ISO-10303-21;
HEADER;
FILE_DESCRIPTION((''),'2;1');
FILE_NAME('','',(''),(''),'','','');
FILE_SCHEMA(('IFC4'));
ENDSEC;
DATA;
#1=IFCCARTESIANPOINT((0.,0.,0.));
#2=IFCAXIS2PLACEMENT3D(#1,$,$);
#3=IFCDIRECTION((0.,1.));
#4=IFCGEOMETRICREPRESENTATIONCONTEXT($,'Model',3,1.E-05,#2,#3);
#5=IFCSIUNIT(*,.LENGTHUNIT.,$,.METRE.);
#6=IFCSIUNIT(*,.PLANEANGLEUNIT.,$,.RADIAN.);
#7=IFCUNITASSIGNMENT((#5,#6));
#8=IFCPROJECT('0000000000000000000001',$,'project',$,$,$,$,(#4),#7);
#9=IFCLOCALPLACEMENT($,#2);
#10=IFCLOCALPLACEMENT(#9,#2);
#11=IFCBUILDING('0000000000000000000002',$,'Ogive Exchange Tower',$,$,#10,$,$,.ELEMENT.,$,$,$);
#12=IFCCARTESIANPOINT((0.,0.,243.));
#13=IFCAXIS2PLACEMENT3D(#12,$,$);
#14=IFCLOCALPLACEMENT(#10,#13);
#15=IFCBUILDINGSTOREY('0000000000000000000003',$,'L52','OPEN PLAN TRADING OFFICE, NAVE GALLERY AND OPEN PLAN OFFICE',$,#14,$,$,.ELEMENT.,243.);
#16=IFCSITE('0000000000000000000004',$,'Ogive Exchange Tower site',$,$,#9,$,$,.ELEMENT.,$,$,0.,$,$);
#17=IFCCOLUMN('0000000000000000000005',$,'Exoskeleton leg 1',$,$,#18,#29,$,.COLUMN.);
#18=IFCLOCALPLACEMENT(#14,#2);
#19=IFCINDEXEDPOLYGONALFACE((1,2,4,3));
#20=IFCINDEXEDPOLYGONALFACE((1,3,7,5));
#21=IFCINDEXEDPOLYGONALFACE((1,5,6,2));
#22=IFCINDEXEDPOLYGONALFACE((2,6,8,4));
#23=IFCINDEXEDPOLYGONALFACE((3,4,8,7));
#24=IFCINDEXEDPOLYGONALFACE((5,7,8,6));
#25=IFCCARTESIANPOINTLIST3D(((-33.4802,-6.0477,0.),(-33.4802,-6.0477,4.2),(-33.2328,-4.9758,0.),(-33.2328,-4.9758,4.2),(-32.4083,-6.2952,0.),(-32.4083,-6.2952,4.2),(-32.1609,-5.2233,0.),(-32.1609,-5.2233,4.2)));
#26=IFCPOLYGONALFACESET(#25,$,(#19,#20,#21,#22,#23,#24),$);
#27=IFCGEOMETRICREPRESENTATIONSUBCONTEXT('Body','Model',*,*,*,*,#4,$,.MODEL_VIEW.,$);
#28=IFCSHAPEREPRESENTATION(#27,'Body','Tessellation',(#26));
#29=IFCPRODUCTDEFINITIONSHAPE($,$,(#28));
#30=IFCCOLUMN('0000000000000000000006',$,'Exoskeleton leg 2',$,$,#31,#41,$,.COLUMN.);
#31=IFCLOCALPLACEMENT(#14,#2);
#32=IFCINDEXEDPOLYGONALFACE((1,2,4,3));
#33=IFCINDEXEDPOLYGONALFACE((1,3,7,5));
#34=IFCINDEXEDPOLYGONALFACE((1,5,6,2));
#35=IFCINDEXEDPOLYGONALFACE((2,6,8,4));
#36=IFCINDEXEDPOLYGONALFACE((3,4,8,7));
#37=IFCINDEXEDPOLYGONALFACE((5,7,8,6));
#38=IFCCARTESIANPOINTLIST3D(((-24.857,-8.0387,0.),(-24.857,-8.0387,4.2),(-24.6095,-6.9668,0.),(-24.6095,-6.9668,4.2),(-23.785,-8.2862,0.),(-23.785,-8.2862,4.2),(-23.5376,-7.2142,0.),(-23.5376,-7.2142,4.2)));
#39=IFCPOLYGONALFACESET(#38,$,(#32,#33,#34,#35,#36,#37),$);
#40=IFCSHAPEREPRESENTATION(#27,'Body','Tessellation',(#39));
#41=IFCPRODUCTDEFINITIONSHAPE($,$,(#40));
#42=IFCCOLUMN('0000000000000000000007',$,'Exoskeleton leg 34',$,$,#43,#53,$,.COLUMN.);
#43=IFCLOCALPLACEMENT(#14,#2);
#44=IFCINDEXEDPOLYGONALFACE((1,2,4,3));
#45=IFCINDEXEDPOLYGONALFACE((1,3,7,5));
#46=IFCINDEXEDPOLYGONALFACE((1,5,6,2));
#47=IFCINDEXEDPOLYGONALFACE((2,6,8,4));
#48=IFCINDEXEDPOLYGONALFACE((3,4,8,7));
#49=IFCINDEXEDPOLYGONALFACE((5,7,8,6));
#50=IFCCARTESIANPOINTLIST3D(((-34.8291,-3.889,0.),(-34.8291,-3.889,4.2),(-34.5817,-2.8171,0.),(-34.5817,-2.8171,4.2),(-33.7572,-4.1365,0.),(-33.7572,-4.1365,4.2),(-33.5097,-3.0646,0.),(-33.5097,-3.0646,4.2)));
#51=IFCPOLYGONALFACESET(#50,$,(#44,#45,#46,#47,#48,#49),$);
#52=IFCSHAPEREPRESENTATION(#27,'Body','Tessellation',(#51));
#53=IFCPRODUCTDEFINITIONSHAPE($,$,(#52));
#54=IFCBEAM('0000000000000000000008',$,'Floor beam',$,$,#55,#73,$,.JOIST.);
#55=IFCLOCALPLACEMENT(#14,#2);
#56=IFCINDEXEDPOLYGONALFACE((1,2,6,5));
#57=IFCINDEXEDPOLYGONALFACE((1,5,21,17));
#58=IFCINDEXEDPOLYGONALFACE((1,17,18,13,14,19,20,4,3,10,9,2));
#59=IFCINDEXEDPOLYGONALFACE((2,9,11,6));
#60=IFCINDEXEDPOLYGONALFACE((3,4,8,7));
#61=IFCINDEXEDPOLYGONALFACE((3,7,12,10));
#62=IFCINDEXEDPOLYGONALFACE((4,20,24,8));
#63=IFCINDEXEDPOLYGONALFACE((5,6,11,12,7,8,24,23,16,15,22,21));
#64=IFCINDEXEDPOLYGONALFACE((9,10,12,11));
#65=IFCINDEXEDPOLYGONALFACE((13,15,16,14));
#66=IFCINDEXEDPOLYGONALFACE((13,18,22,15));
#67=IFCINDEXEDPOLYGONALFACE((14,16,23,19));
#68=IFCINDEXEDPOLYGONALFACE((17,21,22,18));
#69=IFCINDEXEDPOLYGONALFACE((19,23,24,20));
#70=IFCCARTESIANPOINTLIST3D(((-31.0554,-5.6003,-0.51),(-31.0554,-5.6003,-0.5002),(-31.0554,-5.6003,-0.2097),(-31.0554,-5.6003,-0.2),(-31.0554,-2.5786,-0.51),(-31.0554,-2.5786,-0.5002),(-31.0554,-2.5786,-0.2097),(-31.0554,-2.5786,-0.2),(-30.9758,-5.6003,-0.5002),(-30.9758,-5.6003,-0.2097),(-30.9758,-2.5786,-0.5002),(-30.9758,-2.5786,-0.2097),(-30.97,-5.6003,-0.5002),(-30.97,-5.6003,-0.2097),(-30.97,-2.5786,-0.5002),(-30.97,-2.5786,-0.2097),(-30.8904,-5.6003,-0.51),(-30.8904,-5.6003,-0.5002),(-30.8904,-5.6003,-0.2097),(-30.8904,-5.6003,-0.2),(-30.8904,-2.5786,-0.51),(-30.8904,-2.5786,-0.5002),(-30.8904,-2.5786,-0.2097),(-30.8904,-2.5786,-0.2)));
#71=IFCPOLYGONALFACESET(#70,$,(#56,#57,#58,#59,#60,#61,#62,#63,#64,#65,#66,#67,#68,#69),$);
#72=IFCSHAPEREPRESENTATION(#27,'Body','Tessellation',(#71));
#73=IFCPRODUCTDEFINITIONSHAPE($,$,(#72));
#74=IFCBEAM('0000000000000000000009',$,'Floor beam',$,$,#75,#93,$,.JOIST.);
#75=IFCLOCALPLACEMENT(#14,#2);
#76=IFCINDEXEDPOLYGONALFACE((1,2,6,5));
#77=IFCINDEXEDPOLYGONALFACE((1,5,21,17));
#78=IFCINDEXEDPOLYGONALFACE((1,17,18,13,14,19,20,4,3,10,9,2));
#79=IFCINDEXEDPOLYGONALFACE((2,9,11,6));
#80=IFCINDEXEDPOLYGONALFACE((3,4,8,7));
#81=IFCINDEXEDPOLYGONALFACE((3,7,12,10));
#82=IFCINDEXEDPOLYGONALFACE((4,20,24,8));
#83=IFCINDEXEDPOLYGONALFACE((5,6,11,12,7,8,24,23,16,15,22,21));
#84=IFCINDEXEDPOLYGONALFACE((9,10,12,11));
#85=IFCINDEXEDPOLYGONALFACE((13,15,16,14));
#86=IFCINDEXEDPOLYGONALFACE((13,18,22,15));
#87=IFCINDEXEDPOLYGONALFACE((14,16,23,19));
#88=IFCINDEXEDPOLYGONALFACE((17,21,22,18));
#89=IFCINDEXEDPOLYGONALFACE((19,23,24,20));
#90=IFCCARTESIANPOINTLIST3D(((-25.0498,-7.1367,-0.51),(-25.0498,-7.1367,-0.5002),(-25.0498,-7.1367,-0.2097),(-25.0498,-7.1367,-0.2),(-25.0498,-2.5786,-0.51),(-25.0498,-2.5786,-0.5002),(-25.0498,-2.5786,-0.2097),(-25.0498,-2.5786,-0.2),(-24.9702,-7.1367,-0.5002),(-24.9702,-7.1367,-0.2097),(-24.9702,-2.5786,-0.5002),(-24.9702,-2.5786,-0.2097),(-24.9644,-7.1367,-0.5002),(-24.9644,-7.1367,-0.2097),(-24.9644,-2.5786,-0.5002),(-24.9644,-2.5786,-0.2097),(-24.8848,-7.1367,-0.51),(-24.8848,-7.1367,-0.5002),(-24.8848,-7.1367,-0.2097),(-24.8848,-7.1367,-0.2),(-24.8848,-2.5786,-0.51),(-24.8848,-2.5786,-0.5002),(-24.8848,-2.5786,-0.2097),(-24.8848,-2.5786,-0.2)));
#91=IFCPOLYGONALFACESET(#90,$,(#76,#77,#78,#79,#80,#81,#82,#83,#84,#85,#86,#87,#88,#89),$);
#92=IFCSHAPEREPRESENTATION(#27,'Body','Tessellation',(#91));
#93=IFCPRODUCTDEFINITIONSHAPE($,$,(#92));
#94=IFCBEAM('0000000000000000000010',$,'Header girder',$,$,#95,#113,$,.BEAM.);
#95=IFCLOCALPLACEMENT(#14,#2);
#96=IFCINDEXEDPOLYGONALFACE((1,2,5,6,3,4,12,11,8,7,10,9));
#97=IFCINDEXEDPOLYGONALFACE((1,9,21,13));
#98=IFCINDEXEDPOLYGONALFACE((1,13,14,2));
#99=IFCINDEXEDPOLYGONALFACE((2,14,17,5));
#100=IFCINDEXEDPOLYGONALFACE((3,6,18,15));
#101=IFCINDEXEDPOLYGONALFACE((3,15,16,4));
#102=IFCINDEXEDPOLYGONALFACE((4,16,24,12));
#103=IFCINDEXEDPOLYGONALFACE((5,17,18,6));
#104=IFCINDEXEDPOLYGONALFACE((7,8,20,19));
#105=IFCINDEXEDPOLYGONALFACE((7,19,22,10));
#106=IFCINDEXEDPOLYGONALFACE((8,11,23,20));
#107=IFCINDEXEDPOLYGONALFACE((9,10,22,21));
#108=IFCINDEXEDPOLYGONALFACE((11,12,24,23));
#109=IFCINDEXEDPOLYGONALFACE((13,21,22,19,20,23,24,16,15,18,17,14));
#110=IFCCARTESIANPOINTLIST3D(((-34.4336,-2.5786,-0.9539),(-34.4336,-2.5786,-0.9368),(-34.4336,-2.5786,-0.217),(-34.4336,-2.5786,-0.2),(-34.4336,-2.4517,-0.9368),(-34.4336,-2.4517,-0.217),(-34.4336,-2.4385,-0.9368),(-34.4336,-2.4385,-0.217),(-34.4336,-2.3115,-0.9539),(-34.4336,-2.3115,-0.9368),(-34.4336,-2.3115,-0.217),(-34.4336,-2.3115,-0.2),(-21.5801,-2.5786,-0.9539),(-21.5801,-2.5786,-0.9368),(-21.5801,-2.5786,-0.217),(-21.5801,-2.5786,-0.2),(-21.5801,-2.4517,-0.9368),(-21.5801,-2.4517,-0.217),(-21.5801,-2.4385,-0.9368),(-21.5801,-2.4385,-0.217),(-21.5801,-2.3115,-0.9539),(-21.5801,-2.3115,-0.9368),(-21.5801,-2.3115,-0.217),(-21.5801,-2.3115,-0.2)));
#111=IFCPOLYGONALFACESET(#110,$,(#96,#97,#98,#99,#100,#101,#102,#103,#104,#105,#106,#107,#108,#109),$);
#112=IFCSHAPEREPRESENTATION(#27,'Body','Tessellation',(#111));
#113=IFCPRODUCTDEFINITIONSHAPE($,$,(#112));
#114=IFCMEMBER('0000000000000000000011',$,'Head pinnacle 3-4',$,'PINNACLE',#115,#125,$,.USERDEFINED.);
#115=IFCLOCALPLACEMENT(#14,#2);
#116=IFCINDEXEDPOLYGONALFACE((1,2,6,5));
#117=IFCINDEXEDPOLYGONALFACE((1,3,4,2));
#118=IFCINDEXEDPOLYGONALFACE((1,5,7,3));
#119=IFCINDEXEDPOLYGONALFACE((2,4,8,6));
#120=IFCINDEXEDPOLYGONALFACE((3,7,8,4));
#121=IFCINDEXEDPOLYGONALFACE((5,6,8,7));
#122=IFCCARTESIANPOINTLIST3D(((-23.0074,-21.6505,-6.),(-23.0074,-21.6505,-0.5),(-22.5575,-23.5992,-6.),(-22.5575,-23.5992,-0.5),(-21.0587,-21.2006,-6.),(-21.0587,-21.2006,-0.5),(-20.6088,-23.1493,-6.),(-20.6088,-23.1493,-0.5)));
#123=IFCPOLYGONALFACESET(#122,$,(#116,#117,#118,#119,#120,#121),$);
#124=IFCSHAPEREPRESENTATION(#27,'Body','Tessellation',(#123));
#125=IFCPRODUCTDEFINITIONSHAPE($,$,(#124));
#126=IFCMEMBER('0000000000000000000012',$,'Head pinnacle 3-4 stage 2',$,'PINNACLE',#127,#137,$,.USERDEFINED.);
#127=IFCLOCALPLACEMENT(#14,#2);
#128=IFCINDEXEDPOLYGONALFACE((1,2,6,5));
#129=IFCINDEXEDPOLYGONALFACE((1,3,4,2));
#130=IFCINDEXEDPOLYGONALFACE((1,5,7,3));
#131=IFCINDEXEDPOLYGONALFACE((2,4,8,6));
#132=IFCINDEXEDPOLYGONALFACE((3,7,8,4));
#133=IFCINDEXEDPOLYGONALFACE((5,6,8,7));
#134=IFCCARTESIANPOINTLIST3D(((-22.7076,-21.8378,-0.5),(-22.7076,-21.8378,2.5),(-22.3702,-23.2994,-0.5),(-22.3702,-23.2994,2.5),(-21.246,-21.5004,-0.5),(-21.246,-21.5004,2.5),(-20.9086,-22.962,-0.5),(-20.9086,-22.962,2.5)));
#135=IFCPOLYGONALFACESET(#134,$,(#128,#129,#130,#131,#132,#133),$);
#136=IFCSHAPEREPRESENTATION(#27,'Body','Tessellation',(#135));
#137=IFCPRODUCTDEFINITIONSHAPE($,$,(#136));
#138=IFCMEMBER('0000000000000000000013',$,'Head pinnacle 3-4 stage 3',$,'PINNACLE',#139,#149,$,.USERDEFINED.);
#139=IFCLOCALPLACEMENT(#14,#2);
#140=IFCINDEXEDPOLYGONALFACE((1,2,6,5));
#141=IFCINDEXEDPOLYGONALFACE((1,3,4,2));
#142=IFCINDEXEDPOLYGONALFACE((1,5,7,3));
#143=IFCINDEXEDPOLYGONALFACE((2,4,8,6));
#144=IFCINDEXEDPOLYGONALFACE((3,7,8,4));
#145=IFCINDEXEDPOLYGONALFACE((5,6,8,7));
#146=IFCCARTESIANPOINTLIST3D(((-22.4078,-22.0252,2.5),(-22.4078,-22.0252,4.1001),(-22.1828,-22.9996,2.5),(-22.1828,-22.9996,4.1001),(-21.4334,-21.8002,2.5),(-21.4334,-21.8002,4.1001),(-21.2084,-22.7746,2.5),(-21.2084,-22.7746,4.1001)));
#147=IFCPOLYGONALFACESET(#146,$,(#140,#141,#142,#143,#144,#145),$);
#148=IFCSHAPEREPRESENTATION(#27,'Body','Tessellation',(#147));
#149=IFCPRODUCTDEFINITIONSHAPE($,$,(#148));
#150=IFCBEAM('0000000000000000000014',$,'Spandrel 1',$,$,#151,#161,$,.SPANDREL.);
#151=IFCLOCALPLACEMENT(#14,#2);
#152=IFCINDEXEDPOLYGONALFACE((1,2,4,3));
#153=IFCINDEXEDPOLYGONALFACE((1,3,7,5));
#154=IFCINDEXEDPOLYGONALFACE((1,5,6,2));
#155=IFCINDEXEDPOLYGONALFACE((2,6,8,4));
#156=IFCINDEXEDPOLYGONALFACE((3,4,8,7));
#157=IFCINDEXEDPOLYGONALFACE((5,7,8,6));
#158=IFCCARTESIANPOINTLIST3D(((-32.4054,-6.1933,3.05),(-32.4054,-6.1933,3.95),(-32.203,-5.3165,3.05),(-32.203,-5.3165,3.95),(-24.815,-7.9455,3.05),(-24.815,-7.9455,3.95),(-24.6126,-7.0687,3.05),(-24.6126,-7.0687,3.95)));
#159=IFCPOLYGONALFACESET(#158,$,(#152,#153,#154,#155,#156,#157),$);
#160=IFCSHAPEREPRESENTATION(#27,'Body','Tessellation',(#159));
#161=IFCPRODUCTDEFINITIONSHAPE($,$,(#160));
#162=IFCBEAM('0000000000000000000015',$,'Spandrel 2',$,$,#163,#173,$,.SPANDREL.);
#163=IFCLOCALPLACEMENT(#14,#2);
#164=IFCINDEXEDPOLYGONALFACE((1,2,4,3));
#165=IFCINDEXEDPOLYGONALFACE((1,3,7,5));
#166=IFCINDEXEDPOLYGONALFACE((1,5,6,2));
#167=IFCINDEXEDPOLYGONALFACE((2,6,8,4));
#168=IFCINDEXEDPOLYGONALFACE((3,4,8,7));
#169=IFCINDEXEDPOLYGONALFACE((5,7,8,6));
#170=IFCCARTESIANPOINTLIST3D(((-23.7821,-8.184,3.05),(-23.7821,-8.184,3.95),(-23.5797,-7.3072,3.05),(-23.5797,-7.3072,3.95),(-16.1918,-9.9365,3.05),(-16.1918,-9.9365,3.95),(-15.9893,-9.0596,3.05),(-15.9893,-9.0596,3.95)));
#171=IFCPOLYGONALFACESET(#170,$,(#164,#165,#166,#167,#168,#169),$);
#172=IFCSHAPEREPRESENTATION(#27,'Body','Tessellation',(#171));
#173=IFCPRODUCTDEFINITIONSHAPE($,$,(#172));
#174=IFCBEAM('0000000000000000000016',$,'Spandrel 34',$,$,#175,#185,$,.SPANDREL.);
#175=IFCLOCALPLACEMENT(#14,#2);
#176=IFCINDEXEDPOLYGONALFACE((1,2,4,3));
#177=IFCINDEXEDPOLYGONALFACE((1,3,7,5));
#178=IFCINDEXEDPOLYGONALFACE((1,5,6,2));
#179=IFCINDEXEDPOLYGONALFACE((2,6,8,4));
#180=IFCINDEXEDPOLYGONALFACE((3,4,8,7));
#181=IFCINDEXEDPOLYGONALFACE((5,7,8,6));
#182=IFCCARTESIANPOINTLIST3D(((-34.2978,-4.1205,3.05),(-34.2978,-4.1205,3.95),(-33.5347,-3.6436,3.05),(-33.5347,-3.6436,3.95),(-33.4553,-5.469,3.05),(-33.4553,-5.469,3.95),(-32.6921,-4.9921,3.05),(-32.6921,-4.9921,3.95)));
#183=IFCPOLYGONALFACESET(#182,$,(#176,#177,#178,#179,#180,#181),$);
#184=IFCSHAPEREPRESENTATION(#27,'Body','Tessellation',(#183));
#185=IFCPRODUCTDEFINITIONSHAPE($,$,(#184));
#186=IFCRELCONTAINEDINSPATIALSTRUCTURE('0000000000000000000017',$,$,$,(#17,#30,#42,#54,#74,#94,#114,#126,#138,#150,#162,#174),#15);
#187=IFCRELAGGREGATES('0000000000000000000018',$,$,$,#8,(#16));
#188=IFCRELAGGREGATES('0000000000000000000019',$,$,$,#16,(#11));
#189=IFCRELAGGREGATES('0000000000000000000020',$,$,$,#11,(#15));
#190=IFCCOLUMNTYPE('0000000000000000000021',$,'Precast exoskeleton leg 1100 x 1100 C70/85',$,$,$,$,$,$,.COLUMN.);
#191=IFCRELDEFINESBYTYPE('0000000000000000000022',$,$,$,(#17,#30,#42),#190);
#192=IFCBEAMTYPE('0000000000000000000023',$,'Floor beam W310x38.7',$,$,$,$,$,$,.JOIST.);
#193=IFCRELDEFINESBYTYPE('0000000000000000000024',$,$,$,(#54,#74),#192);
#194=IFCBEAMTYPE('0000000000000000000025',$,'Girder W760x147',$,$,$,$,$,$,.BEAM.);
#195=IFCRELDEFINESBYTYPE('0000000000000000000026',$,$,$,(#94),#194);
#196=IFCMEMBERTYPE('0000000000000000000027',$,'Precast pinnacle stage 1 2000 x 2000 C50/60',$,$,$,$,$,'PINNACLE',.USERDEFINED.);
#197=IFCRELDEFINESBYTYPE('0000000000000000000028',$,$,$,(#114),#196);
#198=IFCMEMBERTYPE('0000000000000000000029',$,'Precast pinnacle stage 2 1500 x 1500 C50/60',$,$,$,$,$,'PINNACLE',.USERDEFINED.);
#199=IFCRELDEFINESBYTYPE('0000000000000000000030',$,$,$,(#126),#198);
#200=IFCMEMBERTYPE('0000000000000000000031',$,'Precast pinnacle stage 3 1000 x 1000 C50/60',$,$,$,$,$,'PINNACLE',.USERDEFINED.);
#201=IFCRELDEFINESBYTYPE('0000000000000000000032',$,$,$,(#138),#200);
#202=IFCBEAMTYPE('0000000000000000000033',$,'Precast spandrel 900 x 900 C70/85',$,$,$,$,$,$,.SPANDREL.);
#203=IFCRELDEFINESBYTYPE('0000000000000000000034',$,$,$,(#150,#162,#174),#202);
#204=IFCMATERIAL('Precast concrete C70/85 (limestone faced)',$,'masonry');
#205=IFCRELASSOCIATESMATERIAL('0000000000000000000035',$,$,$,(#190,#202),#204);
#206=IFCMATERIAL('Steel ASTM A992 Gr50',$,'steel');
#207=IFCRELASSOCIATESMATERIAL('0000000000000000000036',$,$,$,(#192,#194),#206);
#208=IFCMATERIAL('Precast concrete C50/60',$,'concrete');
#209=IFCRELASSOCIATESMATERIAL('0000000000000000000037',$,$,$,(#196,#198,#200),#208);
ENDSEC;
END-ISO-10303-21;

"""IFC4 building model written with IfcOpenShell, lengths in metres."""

from ifc_helpers import new_model, si_unit, direction, frame, origin, origin_2d, place, context, subcontext, project, spatial, rectangle, i_section, extrude, material, material_profile, profile_set, type_object, element, save


model = new_model("IFC4")

# Units and contexts
model_context = context("Model", 3, precision=1e-05, world=origin(), true_north=direction((0.0, 1.0)))
body_context = subcontext(model_context, "Body", "Model", "MODEL_VIEW")
ifc_project = project(units=[si_unit("LENGTHUNIT", "METRE"), si_unit("PLANEANGLEUNIT", "RADIAN")], contexts=[model_context])

# Site, building, storey
site_placement = place(None, origin())
site = spatial("IfcSite", under=ifc_project, at=site_placement, Name="Ogive Exchange Tower site", CompositionType="ELEMENT", RefElevation=0.0)
building_placement = place(site_placement, origin())
building = spatial("IfcBuilding", under=site, at=building_placement, Name="Ogive Exchange Tower", CompositionType="ELEMENT")
storey_placement = place(building_placement, frame((0.0, 0.0, 243.0)))
storey = spatial("IfcBuildingStorey", under=building, at=storey_placement, Name="L52", Description="OPEN PLAN TRADING OFFICE, NAVE GALLERY AND OPEN PLAN OFFICE", CompositionType="ELEMENT", Elevation=243.0)

# Columns
ifc_material_1 = material(Name="Precast concrete C70/85 (limestone faced)", Category="masonry")
ifc_material_profile_1 = material_profile(ifc_material_1, rectangle(XDim=1.1001, YDim=1.1001, at=origin_2d()), Name="1100 x 1100")
ifc_profile_set_1 = profile_set([ifc_material_profile_1], Name="Precast concrete C70/85 (limestone faced)")
column_type = type_object("IfcColumnType", Name="Precast exoskeleton leg 1100 x 1100 C70/85", PredefinedType="COLUMN", material=ifc_profile_set_1)
for number, where, z_axis, x_axis, name in (
    (1, (-32.8206, -5.6355, 0.0), (0.0, 0.0, 1.0), (0.97437, -0.224951, 0.0), "Exoskeleton leg 1"),
    (2, (-24.1973, -7.6265, 0.0), (0.0, 0.0, 1.0), (0.97437, -0.224951, 0.0), "Exoskeleton leg 2"),
    (3, (-34.1694, -3.4768, 0.0), (0.0, 0.0, 1.0), (0.97437, -0.224951, 0.0), "Exoskeleton leg 34"),
):
    element("IfcColumn", number, at=place(storey_placement, frame(where, z_axis=z_axis, x_axis=x_axis)), inside=storey, type_object=column_type, Name=name, PredefinedType="COLUMN", context=body_context, shape_type="SweptSolid", body=[
        extrude(rectangle(XDim=1.1001, YDim=1.1001, at=origin_2d()), origin(), (0.0, 0.0, 1.0), 4.2),
    ])

# Beams
ifc_material_2 = material(Name="Steel ASTM A992 Gr50", Category="steel")
ifc_material_profile_2 = material_profile(ifc_material_2, i_section(OverallWidth=0.165, OverallDepth=0.3101, WebThickness=0.0059, FlangeThickness=0.0098, at=origin_2d()), Name="W310x38.7")
ifc_profile_set_2 = profile_set([ifc_material_profile_2], Name="Steel ASTM A992 Gr50")
beam_type_1 = type_object("IfcBeamType", Name="Floor beam W310x38.7", PredefinedType="JOIST", material=ifc_profile_set_2)
beam_1_placement = place(storey_placement, frame((-30.9729, -5.6003, -0.355), z_axis=(0.0, 1.0, 0.0), x_axis=(-1.0, 0.0, 0.0)))
element("IfcBeam", 4, at=beam_1_placement, inside=storey, type_object=beam_type_1, Name="Floor beam", PredefinedType="JOIST", context=body_context, shape_type="SweptSolid", body=[
    extrude(i_section(OverallWidth=0.165, OverallDepth=0.3101, WebThickness=0.0059, FlangeThickness=0.0098, at=origin_2d()), origin(), (0.0, 0.0, 1.0), 3.0217),
])
beam_2_placement = place(storey_placement, frame((-24.9673, -7.1367, -0.355), z_axis=(0.0, 1.0, 0.0), x_axis=(-1.0, 0.0, 0.0)))
element("IfcBeam", 5, at=beam_2_placement, inside=storey, type_object=beam_type_1, Name="Floor beam", PredefinedType="JOIST", context=body_context, shape_type="SweptSolid", body=[
    extrude(i_section(OverallWidth=0.165, OverallDepth=0.3101, WebThickness=0.0059, FlangeThickness=0.0098, at=origin_2d()), origin(), (0.0, 0.0, 1.0), 4.5581),
])
ifc_material_profile_3 = material_profile(ifc_material_2, i_section(OverallWidth=0.2671, OverallDepth=0.7539, WebThickness=0.0132, FlangeThickness=0.0171, at=origin_2d()), Name="W760x147")
ifc_profile_set_3 = profile_set([ifc_material_profile_3], Name="Steel ASTM A992 Gr50")
beam_type_2 = type_object("IfcBeamType", Name="Girder W760x147", PredefinedType="BEAM", material=ifc_profile_set_3)
beam_3_placement = place(storey_placement, frame((-34.4336, -2.4451, -0.5769), z_axis=(1.0, 0.0, 0.0), x_axis=(0.0, 1.0, 0.0)))
element("IfcBeam", 6, at=beam_3_placement, inside=storey, type_object=beam_type_2, Name="Header girder", PredefinedType="BEAM", context=body_context, shape_type="SweptSolid", body=[
    extrude(i_section(OverallWidth=0.2671, OverallDepth=0.7539, WebThickness=0.0132, FlangeThickness=0.0171, at=origin_2d()), origin(), (0.0, 0.0, 1.0), 12.8535),
])

# Members
ifc_material_3 = material(Name="Precast concrete C50/60", Category="concrete")
ifc_material_profile_4 = material_profile(ifc_material_3, rectangle(XDim=2.0, YDim=2.0, at=origin_2d()), Name="PINNACLE 1 2000 x 2000")
ifc_profile_set_4 = profile_set([ifc_material_profile_4], Name="Precast concrete C50/60")
member_type_1 = type_object("IfcMemberType", Name="Precast pinnacle stage 1 2000 x 2000 C50/60", ElementType="PINNACLE", PredefinedType="USERDEFINED", material=ifc_profile_set_4)
member_1_placement = place(storey_placement, frame((-21.8081, -22.3999, -6.0), z_axis=(0.0, 0.0, 1.0), x_axis=(0.97437, 0.224951, 0.0)))
element("IfcMember", 7, at=member_1_placement, inside=storey, type_object=member_type_1, Name="Head pinnacle 3-4", ObjectType="PINNACLE", PredefinedType="USERDEFINED", context=body_context, shape_type="SweptSolid", body=[
    extrude(rectangle(XDim=2.0, YDim=2.0, at=origin_2d()), origin(), (0.0, 0.0, 1.0), 5.5),
])
ifc_material_profile_5 = material_profile(ifc_material_3, rectangle(XDim=1.5, YDim=1.5, at=origin_2d()), Name="PINNACLE 2 1500 x 1500")
ifc_profile_set_5 = profile_set([ifc_material_profile_5], Name="Precast concrete C50/60")
member_type_2 = type_object("IfcMemberType", Name="Precast pinnacle stage 2 1500 x 1500 C50/60", ElementType="PINNACLE", PredefinedType="USERDEFINED", material=ifc_profile_set_5)
member_2_placement = place(storey_placement, frame((-21.8081, -22.3999, -0.5), z_axis=(0.0, 0.0, 1.0), x_axis=(0.97437, 0.224951, 0.0)))
element("IfcMember", 8, at=member_2_placement, inside=storey, type_object=member_type_2, Name="Head pinnacle 3-4 stage 2", ObjectType="PINNACLE", PredefinedType="USERDEFINED", context=body_context, shape_type="SweptSolid", body=[
    extrude(rectangle(XDim=1.5, YDim=1.5, at=origin_2d()), origin(), (0.0, 0.0, 1.0), 3.0),
])
ifc_material_profile_6 = material_profile(ifc_material_3, rectangle(XDim=1.0, YDim=1.0, at=origin_2d()), Name="PINNACLE 3 1000 x 1000")
ifc_profile_set_6 = profile_set([ifc_material_profile_6], Name="Precast concrete C50/60")
member_type_3 = type_object("IfcMemberType", Name="Precast pinnacle stage 3 1000 x 1000 C50/60", ElementType="PINNACLE", PredefinedType="USERDEFINED", material=ifc_profile_set_6)
member_3_placement = place(storey_placement, frame((-21.8081, -22.3999, 2.5), z_axis=(0.0, 0.0, 1.0), x_axis=(0.97437, 0.224951, 0.0)))
element("IfcMember", 9, at=member_3_placement, inside=storey, type_object=member_type_3, Name="Head pinnacle 3-4 stage 3", ObjectType="PINNACLE", PredefinedType="USERDEFINED", context=body_context, shape_type="SweptSolid", body=[
    extrude(rectangle(XDim=1.0, YDim=1.0, at=origin_2d()), origin(), (0.0, 0.0, 1.0), 1.6001),
])

# Beams
ifc_material_profile_7 = material_profile(ifc_material_1, rectangle(XDim=0.8999, YDim=0.8999, at=origin_2d()), Name="900 x 900")
ifc_profile_set_7 = profile_set([ifc_material_profile_7], Name="Precast concrete C70/85 (limestone faced)")
beam_type_3 = type_object("IfcBeamType", Name="Precast spandrel 900 x 900 C70/85", PredefinedType="SPANDREL", material=ifc_profile_set_7)
for number, where, z_axis, x_axis, name in (
    (10, (-32.3042, -5.7549, 3.5), (0.974375, -0.22493, 0.0), (0.22493, 0.974375, 0.0), "Spandrel 1"),
    (11, (-23.6809, -7.7456, 3.5), (0.974368, -0.22496, 0.0), (0.22496, 0.974368, 0.0), "Spandrel 2"),
):
    element("IfcBeam", number, at=place(storey_placement, frame(where, z_axis=z_axis, x_axis=x_axis)), inside=storey, type_object=beam_type_3, Name=name, PredefinedType="SPANDREL", context=body_context, shape_type="SweptSolid", body=[
        extrude(rectangle(XDim=0.8999, YDim=0.8999, at=origin_2d()), origin(), (0.0, 0.0, 1.0), 7.79),
    ])
beam_4_placement = place(storey_placement, frame((-33.9163, -3.8821, 3.5), z_axis=(0.529902, -0.848059, 0.0), x_axis=(0.848059, 0.529902, 0.0)))
element("IfcBeam", 12, at=beam_4_placement, inside=storey, type_object=beam_type_3, Name="Spandrel 34", PredefinedType="SPANDREL", context=body_context, shape_type="SweptSolid", body=[
    extrude(rectangle(XDim=0.8999, YDim=0.8999, at=origin_2d()), origin(), (0.0, 0.0, 1.0), 1.5901),
])

save(model, "model.ifc")
